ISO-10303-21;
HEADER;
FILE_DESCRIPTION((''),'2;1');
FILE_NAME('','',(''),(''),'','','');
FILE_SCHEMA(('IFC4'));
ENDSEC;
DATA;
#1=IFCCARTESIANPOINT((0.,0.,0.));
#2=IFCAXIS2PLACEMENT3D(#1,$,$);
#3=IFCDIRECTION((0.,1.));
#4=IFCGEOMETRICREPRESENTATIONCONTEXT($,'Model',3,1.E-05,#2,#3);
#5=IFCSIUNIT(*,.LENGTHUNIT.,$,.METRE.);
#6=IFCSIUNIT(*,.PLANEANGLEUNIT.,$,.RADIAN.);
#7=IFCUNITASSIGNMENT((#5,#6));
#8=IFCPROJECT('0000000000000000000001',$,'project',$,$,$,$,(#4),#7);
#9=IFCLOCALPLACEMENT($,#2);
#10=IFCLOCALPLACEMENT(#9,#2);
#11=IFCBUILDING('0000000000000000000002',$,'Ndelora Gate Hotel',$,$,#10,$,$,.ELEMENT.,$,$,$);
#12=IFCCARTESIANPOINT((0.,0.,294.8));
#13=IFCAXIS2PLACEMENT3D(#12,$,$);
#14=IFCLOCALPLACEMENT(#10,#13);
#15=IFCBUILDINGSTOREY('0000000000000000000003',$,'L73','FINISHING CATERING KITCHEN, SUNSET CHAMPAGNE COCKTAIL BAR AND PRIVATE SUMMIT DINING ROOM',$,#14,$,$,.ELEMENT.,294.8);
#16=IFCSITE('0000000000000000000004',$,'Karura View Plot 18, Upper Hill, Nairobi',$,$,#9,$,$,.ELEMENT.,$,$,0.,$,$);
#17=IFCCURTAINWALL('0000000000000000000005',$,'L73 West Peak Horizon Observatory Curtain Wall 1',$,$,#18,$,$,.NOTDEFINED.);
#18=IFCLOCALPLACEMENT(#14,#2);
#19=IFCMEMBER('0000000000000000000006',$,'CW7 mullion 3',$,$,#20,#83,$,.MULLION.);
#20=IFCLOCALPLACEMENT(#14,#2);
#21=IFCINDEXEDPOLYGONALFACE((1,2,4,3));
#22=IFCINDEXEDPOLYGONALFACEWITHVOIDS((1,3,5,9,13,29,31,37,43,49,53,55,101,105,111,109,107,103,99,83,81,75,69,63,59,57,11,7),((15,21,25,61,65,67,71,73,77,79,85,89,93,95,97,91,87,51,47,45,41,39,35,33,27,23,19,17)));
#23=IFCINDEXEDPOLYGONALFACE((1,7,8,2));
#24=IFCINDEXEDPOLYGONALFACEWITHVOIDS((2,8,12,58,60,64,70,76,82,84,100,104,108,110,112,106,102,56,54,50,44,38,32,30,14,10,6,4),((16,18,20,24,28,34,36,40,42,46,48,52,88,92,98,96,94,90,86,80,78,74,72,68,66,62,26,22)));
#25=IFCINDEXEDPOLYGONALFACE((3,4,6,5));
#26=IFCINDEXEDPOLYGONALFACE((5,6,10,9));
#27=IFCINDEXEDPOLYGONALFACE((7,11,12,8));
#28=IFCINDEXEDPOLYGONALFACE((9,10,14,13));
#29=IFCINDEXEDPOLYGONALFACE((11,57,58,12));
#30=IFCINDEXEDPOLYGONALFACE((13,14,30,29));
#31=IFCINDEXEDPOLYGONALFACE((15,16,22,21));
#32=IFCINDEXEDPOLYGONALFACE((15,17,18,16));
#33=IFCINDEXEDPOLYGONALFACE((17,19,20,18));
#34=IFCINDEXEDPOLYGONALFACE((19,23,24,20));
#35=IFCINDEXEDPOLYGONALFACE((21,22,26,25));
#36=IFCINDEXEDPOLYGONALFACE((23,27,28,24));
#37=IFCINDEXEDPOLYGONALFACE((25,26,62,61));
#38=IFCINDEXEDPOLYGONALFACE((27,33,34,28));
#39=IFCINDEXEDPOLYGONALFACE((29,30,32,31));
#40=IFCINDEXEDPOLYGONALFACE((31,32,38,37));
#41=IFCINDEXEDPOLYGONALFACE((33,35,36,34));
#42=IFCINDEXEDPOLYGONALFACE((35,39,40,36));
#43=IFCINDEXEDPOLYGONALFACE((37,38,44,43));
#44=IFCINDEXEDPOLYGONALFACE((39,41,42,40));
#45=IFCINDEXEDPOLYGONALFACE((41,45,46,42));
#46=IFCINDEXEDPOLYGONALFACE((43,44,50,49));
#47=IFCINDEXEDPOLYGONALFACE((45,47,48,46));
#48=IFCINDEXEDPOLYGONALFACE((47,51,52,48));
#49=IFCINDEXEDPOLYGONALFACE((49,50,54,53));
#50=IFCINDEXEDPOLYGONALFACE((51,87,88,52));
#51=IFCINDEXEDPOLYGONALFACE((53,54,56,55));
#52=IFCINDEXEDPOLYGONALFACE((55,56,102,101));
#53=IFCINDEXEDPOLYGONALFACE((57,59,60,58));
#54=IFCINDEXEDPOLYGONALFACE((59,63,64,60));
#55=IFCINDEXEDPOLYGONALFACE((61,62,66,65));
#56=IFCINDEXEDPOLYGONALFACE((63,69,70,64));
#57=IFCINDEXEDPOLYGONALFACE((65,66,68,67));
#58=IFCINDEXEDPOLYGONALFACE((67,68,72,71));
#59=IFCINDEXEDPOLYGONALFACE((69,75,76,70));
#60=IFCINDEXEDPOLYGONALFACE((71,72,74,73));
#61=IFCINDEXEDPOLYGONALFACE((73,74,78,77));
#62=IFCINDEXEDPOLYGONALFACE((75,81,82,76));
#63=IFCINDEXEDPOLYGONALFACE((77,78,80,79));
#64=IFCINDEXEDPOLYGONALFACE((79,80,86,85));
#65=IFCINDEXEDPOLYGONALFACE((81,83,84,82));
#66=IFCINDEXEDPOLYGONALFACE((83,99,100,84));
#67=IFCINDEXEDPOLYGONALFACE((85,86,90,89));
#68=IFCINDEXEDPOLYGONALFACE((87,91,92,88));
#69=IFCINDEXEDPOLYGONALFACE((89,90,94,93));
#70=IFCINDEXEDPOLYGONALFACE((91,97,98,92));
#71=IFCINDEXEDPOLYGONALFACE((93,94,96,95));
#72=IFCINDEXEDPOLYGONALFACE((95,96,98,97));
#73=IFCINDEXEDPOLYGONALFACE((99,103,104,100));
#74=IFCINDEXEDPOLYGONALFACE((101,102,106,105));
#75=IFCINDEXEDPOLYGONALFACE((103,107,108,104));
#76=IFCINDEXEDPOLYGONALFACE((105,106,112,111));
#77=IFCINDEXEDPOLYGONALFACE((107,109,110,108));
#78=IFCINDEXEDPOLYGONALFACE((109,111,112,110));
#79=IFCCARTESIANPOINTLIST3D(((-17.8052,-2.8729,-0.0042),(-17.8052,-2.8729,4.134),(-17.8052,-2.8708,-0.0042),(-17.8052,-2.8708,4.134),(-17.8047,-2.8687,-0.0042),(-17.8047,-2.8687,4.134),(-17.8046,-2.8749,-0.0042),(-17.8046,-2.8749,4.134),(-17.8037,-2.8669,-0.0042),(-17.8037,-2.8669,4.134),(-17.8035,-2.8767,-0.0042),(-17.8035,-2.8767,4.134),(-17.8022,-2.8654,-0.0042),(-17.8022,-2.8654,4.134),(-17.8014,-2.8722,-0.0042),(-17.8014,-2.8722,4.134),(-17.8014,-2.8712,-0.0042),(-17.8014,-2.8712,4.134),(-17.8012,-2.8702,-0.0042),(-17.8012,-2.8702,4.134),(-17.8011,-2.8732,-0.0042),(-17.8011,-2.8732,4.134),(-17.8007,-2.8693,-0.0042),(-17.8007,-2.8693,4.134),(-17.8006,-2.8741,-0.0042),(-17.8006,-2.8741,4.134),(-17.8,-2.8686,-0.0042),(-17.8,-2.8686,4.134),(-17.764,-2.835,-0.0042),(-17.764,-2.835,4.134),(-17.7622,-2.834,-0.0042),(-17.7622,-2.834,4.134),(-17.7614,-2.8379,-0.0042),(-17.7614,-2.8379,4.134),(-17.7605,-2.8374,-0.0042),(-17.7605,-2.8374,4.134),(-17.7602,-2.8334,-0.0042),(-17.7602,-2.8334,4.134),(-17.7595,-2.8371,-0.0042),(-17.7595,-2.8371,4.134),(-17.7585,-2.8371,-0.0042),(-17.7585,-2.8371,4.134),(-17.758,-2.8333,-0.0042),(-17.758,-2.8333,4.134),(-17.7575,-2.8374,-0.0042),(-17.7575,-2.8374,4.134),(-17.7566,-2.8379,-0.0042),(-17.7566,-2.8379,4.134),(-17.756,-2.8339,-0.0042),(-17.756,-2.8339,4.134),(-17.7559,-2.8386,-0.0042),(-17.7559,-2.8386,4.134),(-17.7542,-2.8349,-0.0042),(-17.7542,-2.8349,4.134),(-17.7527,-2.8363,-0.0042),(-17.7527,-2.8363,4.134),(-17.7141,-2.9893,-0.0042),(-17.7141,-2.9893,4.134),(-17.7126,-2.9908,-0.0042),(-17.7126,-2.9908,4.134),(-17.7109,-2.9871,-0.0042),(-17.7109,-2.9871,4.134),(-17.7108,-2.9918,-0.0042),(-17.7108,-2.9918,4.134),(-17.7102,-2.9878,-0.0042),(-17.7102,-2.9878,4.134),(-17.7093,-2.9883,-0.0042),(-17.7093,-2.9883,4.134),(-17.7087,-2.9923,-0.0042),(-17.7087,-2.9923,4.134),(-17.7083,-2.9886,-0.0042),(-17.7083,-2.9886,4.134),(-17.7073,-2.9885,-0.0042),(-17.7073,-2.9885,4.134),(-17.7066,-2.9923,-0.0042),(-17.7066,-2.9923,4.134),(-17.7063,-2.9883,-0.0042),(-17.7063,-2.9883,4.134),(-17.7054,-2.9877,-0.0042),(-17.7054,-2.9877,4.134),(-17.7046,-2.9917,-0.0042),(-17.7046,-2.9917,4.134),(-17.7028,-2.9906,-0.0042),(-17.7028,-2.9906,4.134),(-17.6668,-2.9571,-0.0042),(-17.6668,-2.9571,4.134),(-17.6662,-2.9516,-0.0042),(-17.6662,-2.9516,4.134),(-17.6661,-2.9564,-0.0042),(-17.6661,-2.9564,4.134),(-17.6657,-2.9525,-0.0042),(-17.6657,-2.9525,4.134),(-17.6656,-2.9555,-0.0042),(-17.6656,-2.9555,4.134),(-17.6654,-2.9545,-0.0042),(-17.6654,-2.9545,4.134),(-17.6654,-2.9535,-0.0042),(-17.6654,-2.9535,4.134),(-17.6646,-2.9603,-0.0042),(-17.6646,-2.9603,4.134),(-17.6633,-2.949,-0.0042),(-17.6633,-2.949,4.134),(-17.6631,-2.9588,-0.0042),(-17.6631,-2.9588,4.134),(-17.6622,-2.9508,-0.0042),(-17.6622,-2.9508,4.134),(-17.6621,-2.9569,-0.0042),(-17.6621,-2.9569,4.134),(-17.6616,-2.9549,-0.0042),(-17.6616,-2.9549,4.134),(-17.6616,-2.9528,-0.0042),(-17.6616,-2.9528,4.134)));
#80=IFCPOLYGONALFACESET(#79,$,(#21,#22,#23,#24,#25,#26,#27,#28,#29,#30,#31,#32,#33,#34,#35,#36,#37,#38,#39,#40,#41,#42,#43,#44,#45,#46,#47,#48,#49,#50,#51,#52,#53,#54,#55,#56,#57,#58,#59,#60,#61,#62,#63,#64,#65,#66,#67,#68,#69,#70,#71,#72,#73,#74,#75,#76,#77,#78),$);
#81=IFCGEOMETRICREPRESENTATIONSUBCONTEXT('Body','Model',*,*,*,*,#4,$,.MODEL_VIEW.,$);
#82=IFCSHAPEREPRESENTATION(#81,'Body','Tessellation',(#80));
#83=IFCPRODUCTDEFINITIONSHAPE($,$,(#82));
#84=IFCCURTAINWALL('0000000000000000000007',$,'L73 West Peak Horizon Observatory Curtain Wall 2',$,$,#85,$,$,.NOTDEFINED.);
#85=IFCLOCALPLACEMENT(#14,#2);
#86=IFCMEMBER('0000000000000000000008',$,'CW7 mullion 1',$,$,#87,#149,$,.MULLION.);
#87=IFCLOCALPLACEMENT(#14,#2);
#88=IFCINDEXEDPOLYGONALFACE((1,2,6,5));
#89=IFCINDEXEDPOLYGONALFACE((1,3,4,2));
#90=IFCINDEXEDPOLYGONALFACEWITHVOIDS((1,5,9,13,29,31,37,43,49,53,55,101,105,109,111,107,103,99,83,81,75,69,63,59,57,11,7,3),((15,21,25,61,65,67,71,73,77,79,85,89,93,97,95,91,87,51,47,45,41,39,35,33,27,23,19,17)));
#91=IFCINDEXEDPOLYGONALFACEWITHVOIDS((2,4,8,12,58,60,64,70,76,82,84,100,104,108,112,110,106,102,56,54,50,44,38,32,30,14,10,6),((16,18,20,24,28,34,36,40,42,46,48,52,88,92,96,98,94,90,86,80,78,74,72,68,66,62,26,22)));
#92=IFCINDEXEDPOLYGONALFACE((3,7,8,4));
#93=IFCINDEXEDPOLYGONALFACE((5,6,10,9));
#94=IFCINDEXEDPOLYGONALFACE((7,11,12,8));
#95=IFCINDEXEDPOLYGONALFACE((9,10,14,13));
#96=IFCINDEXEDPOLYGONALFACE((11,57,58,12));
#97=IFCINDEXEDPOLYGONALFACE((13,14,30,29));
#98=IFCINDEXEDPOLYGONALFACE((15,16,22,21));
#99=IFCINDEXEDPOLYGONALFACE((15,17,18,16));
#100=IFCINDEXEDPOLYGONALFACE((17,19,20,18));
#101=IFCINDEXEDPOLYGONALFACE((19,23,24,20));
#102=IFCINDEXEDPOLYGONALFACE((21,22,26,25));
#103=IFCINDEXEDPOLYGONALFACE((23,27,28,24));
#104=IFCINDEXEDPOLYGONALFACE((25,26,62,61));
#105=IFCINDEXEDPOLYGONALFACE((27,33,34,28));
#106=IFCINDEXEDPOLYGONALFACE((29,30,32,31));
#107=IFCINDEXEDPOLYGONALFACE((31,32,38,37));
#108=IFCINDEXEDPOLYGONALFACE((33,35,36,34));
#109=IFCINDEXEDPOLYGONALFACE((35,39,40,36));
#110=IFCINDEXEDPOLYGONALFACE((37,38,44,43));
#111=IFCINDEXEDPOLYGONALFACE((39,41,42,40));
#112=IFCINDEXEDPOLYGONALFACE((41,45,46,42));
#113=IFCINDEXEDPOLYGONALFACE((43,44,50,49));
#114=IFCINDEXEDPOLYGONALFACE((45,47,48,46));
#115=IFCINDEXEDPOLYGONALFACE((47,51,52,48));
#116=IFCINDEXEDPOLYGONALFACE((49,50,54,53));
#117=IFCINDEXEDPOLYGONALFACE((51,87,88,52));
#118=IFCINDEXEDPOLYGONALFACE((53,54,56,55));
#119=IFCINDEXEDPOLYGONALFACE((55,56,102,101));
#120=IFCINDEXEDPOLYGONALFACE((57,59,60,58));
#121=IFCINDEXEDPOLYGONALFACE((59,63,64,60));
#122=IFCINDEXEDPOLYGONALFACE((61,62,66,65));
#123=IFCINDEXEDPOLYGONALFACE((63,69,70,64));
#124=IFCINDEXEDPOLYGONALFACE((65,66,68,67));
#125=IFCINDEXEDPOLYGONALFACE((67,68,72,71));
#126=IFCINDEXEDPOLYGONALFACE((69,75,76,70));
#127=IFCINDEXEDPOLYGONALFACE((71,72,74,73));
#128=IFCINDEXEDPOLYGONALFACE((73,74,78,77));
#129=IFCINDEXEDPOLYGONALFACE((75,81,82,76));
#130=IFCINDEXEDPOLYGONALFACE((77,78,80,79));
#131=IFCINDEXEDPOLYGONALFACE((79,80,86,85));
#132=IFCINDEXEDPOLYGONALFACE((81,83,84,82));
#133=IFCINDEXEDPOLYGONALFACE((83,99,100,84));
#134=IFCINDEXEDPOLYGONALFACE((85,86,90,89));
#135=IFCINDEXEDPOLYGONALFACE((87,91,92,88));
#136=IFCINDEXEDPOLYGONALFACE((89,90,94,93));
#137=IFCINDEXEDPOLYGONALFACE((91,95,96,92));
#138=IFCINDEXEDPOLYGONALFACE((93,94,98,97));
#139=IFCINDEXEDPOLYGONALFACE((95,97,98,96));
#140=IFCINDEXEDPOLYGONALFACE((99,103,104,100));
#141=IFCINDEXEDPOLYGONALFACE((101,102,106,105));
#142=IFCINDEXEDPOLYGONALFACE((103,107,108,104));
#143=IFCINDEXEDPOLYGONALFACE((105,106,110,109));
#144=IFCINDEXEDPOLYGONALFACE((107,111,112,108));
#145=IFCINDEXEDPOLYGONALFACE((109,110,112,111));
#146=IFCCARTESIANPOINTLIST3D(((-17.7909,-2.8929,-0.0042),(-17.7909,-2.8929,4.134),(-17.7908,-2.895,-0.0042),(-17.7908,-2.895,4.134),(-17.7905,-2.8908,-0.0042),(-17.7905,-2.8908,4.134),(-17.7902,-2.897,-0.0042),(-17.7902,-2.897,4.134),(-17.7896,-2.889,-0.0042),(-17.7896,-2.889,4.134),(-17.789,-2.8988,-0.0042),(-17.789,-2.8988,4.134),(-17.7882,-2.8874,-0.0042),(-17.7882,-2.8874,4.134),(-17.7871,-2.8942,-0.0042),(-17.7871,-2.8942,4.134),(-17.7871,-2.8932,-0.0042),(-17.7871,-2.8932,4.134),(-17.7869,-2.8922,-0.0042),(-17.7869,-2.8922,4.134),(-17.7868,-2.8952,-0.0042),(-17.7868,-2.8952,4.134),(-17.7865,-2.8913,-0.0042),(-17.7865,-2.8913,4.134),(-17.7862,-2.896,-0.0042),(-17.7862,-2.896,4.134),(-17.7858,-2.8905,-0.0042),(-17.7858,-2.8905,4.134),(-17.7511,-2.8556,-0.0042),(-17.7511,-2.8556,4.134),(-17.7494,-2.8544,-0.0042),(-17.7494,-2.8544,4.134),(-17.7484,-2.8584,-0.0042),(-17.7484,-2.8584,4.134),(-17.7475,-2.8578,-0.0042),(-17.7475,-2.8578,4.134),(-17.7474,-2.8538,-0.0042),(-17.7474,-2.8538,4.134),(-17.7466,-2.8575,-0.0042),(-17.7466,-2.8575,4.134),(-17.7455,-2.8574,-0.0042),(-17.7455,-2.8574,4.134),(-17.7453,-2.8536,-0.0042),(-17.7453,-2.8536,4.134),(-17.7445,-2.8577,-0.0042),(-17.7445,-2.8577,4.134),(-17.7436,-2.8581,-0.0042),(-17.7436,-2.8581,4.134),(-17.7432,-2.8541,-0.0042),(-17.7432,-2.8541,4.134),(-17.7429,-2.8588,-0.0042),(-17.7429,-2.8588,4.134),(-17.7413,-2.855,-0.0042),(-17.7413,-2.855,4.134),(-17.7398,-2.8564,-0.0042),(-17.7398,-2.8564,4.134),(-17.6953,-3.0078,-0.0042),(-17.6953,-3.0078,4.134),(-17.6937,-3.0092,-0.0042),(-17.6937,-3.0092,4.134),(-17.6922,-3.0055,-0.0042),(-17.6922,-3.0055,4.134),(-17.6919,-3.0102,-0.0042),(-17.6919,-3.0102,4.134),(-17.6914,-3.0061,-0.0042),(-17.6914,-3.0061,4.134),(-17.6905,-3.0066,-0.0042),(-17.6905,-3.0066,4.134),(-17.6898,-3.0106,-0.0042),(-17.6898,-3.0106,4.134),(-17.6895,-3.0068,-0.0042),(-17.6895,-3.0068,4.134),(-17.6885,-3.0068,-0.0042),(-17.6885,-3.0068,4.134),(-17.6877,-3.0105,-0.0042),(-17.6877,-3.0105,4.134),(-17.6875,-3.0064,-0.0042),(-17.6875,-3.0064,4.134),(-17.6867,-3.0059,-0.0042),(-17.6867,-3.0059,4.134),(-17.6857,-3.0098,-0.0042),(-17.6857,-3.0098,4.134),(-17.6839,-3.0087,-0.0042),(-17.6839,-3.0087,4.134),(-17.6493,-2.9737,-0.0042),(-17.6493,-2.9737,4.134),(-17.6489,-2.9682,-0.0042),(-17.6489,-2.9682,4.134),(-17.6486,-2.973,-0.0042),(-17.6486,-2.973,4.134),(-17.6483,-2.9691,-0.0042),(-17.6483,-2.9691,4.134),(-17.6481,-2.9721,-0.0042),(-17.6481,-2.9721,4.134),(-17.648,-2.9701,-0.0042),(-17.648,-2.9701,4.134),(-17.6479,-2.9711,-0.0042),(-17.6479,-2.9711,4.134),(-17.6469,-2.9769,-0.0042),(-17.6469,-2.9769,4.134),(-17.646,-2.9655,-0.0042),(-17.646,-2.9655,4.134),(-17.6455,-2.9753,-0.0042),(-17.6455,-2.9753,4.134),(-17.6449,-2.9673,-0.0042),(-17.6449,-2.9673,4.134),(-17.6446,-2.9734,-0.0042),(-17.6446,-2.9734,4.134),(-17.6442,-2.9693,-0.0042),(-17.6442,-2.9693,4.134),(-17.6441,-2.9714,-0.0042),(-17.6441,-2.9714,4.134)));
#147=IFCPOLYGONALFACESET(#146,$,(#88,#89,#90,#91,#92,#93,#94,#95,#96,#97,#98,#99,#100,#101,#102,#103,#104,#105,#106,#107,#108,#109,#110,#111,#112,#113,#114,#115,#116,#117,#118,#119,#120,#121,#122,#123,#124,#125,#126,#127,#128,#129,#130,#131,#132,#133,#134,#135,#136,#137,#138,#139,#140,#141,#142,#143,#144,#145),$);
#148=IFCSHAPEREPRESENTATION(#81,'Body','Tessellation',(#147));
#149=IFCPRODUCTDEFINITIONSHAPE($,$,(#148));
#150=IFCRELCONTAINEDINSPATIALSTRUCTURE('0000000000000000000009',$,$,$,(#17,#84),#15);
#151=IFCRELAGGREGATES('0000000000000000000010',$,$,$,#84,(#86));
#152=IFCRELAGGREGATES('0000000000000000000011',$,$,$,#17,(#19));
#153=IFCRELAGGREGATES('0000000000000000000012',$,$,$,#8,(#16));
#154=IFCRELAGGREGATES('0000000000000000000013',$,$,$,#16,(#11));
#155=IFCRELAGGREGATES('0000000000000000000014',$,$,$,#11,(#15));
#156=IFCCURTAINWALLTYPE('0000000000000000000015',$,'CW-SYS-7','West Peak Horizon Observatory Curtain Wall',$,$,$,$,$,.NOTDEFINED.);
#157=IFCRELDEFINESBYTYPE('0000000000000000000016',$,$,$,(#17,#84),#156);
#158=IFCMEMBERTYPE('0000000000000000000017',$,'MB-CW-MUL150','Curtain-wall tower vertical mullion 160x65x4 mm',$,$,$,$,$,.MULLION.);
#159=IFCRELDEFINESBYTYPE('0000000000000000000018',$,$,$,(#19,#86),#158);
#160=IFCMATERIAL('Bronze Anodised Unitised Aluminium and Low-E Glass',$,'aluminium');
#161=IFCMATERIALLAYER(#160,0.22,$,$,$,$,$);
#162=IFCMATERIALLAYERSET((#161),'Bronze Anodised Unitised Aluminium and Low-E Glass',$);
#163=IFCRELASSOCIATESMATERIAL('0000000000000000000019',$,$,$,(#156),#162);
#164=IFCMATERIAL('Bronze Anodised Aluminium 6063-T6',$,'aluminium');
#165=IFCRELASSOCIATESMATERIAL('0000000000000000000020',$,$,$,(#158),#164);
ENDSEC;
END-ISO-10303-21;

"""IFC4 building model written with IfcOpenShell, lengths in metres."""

from ifc_helpers import new_model, si_unit, direction, frame, origin, origin_2d, place, context, subcontext, project, spatial, hollow_rectangle, extrude, material, layer, layer_set, material_profile, profile_set, type_object, element, aggregate, save


model = new_model("IFC4")

# Units and contexts
model_context = context("Model", 3, precision=1e-05, world=origin(), true_north=direction((0.0, 1.0)))
body_context = subcontext(model_context, "Body", "Model", "MODEL_VIEW")
ifc_project = project(units=[si_unit("LENGTHUNIT", "METRE"), si_unit("PLANEANGLEUNIT", "RADIAN")], contexts=[model_context])

# Site, building, storey
site_placement = place(None, origin())
site = spatial("IfcSite", under=ifc_project, at=site_placement, Name="Karura View Plot 18, Upper Hill, Nairobi", CompositionType="ELEMENT", RefElevation=0.0)
building_placement = place(site_placement, origin())
building = spatial("IfcBuilding", under=site, at=building_placement, Name="Ndelora Gate Hotel", CompositionType="ELEMENT")
storey_placement = place(building_placement, frame((0.0, 0.0, 294.8)))
storey = spatial("IfcBuildingStorey", under=building, at=storey_placement, Name="L73", Description="FINISHING CATERING KITCHEN, SUNSET CHAMPAGNE COCKTAIL BAR AND PRIVATE SUMMIT DINING ROOM", CompositionType="ELEMENT", Elevation=294.8)

# Curtain wall, member
ifc_material_1 = material(Name="Bronze Anodised Unitised Aluminium and Low-E Glass", Category="aluminium")
ifc_layer_1 = layer(ifc_material_1, 0.22)
ifc_layer_set_1 = layer_set([ifc_layer_1], Name="Bronze Anodised Unitised Aluminium and Low-E Glass")
curtain_wall_type = type_object("IfcCurtainWallType", Name="CW-SYS-7", Description="West Peak Horizon Observatory Curtain Wall", PredefinedType="NOTDEFINED", material=ifc_layer_set_1)
curtain_wall_1_placement = place(storey_placement, origin())
curtain_wall_1 = element("IfcCurtainWall", 1, at=curtain_wall_1_placement, inside=storey, type_object=curtain_wall_type, Name="L73 West Peak Horizon Observatory Curtain Wall 1", PredefinedType="NOTDEFINED")
ifc_material_2 = material(Name="Bronze Anodised Aluminium 6063-T6", Category="aluminium")
ifc_material_profile_1 = material_profile(ifc_material_2, hollow_rectangle(XDim=0.0649, YDim=0.1599, WallThickness=0.0039, InnerFilletRadius=0.0039, OuterFilletRadius=0.0081, at=origin_2d()), Name="ALU 160x65x4")
ifc_profile_set_1 = profile_set([ifc_material_profile_1], Name="Bronze Anodised Aluminium 6063-T6")
member_type_1 = type_object("IfcMemberType", Name="MB-CW-MUL150", Description="Curtain-wall tower vertical mullion 160x65x4 mm", PredefinedType="MULLION", material=ifc_profile_set_1)
member_1_placement = place(storey_placement, frame((-17.7334, -2.9128, -0.0042), z_axis=(0.0, 0.0, 1.0), x_axis=(0.783317, 0.621622, 0.0)))
member_1 = element("IfcMember", 2, at=member_1_placement, type_object=member_type_1, Name="CW7 mullion 3", PredefinedType="MULLION", context=body_context, shape_type="SweptSolid", body=[
    extrude(hollow_rectangle(XDim=0.0649, YDim=0.1599, WallThickness=0.0039, InnerFilletRadius=0.0039, OuterFilletRadius=0.0081, at=origin_2d()), origin(), (0.0, 0.0, 1.0), 4.1382),
])

# Curtain wall, member
curtain_wall_2_placement = place(storey_placement, origin())
curtain_wall_2 = element("IfcCurtainWall", 3, at=curtain_wall_2_placement, inside=storey, type_object=curtain_wall_type, Name="L73 West Peak Horizon Observatory Curtain Wall 2", PredefinedType="NOTDEFINED")
member_2_placement = place(storey_placement, frame((-17.7175, -2.9321, -0.0042), z_axis=(0.0, 0.0, 1.0), x_axis=(0.75853, 0.651638, 0.0)))
member_2 = element("IfcMember", 4, at=member_2_placement, type_object=member_type_1, Name="CW7 mullion 1", PredefinedType="MULLION", context=body_context, shape_type="SweptSolid", body=[
    extrude(hollow_rectangle(XDim=0.0649, YDim=0.1599, WallThickness=0.0039, InnerFilletRadius=0.0039, OuterFilletRadius=0.0081, at=origin_2d()), origin(), (0.0, 0.0, 1.0), 4.1382),
])

aggregate(curtain_wall_2, [member_2])

aggregate(curtain_wall_1, [member_1])

save(model, "model.ifc")
